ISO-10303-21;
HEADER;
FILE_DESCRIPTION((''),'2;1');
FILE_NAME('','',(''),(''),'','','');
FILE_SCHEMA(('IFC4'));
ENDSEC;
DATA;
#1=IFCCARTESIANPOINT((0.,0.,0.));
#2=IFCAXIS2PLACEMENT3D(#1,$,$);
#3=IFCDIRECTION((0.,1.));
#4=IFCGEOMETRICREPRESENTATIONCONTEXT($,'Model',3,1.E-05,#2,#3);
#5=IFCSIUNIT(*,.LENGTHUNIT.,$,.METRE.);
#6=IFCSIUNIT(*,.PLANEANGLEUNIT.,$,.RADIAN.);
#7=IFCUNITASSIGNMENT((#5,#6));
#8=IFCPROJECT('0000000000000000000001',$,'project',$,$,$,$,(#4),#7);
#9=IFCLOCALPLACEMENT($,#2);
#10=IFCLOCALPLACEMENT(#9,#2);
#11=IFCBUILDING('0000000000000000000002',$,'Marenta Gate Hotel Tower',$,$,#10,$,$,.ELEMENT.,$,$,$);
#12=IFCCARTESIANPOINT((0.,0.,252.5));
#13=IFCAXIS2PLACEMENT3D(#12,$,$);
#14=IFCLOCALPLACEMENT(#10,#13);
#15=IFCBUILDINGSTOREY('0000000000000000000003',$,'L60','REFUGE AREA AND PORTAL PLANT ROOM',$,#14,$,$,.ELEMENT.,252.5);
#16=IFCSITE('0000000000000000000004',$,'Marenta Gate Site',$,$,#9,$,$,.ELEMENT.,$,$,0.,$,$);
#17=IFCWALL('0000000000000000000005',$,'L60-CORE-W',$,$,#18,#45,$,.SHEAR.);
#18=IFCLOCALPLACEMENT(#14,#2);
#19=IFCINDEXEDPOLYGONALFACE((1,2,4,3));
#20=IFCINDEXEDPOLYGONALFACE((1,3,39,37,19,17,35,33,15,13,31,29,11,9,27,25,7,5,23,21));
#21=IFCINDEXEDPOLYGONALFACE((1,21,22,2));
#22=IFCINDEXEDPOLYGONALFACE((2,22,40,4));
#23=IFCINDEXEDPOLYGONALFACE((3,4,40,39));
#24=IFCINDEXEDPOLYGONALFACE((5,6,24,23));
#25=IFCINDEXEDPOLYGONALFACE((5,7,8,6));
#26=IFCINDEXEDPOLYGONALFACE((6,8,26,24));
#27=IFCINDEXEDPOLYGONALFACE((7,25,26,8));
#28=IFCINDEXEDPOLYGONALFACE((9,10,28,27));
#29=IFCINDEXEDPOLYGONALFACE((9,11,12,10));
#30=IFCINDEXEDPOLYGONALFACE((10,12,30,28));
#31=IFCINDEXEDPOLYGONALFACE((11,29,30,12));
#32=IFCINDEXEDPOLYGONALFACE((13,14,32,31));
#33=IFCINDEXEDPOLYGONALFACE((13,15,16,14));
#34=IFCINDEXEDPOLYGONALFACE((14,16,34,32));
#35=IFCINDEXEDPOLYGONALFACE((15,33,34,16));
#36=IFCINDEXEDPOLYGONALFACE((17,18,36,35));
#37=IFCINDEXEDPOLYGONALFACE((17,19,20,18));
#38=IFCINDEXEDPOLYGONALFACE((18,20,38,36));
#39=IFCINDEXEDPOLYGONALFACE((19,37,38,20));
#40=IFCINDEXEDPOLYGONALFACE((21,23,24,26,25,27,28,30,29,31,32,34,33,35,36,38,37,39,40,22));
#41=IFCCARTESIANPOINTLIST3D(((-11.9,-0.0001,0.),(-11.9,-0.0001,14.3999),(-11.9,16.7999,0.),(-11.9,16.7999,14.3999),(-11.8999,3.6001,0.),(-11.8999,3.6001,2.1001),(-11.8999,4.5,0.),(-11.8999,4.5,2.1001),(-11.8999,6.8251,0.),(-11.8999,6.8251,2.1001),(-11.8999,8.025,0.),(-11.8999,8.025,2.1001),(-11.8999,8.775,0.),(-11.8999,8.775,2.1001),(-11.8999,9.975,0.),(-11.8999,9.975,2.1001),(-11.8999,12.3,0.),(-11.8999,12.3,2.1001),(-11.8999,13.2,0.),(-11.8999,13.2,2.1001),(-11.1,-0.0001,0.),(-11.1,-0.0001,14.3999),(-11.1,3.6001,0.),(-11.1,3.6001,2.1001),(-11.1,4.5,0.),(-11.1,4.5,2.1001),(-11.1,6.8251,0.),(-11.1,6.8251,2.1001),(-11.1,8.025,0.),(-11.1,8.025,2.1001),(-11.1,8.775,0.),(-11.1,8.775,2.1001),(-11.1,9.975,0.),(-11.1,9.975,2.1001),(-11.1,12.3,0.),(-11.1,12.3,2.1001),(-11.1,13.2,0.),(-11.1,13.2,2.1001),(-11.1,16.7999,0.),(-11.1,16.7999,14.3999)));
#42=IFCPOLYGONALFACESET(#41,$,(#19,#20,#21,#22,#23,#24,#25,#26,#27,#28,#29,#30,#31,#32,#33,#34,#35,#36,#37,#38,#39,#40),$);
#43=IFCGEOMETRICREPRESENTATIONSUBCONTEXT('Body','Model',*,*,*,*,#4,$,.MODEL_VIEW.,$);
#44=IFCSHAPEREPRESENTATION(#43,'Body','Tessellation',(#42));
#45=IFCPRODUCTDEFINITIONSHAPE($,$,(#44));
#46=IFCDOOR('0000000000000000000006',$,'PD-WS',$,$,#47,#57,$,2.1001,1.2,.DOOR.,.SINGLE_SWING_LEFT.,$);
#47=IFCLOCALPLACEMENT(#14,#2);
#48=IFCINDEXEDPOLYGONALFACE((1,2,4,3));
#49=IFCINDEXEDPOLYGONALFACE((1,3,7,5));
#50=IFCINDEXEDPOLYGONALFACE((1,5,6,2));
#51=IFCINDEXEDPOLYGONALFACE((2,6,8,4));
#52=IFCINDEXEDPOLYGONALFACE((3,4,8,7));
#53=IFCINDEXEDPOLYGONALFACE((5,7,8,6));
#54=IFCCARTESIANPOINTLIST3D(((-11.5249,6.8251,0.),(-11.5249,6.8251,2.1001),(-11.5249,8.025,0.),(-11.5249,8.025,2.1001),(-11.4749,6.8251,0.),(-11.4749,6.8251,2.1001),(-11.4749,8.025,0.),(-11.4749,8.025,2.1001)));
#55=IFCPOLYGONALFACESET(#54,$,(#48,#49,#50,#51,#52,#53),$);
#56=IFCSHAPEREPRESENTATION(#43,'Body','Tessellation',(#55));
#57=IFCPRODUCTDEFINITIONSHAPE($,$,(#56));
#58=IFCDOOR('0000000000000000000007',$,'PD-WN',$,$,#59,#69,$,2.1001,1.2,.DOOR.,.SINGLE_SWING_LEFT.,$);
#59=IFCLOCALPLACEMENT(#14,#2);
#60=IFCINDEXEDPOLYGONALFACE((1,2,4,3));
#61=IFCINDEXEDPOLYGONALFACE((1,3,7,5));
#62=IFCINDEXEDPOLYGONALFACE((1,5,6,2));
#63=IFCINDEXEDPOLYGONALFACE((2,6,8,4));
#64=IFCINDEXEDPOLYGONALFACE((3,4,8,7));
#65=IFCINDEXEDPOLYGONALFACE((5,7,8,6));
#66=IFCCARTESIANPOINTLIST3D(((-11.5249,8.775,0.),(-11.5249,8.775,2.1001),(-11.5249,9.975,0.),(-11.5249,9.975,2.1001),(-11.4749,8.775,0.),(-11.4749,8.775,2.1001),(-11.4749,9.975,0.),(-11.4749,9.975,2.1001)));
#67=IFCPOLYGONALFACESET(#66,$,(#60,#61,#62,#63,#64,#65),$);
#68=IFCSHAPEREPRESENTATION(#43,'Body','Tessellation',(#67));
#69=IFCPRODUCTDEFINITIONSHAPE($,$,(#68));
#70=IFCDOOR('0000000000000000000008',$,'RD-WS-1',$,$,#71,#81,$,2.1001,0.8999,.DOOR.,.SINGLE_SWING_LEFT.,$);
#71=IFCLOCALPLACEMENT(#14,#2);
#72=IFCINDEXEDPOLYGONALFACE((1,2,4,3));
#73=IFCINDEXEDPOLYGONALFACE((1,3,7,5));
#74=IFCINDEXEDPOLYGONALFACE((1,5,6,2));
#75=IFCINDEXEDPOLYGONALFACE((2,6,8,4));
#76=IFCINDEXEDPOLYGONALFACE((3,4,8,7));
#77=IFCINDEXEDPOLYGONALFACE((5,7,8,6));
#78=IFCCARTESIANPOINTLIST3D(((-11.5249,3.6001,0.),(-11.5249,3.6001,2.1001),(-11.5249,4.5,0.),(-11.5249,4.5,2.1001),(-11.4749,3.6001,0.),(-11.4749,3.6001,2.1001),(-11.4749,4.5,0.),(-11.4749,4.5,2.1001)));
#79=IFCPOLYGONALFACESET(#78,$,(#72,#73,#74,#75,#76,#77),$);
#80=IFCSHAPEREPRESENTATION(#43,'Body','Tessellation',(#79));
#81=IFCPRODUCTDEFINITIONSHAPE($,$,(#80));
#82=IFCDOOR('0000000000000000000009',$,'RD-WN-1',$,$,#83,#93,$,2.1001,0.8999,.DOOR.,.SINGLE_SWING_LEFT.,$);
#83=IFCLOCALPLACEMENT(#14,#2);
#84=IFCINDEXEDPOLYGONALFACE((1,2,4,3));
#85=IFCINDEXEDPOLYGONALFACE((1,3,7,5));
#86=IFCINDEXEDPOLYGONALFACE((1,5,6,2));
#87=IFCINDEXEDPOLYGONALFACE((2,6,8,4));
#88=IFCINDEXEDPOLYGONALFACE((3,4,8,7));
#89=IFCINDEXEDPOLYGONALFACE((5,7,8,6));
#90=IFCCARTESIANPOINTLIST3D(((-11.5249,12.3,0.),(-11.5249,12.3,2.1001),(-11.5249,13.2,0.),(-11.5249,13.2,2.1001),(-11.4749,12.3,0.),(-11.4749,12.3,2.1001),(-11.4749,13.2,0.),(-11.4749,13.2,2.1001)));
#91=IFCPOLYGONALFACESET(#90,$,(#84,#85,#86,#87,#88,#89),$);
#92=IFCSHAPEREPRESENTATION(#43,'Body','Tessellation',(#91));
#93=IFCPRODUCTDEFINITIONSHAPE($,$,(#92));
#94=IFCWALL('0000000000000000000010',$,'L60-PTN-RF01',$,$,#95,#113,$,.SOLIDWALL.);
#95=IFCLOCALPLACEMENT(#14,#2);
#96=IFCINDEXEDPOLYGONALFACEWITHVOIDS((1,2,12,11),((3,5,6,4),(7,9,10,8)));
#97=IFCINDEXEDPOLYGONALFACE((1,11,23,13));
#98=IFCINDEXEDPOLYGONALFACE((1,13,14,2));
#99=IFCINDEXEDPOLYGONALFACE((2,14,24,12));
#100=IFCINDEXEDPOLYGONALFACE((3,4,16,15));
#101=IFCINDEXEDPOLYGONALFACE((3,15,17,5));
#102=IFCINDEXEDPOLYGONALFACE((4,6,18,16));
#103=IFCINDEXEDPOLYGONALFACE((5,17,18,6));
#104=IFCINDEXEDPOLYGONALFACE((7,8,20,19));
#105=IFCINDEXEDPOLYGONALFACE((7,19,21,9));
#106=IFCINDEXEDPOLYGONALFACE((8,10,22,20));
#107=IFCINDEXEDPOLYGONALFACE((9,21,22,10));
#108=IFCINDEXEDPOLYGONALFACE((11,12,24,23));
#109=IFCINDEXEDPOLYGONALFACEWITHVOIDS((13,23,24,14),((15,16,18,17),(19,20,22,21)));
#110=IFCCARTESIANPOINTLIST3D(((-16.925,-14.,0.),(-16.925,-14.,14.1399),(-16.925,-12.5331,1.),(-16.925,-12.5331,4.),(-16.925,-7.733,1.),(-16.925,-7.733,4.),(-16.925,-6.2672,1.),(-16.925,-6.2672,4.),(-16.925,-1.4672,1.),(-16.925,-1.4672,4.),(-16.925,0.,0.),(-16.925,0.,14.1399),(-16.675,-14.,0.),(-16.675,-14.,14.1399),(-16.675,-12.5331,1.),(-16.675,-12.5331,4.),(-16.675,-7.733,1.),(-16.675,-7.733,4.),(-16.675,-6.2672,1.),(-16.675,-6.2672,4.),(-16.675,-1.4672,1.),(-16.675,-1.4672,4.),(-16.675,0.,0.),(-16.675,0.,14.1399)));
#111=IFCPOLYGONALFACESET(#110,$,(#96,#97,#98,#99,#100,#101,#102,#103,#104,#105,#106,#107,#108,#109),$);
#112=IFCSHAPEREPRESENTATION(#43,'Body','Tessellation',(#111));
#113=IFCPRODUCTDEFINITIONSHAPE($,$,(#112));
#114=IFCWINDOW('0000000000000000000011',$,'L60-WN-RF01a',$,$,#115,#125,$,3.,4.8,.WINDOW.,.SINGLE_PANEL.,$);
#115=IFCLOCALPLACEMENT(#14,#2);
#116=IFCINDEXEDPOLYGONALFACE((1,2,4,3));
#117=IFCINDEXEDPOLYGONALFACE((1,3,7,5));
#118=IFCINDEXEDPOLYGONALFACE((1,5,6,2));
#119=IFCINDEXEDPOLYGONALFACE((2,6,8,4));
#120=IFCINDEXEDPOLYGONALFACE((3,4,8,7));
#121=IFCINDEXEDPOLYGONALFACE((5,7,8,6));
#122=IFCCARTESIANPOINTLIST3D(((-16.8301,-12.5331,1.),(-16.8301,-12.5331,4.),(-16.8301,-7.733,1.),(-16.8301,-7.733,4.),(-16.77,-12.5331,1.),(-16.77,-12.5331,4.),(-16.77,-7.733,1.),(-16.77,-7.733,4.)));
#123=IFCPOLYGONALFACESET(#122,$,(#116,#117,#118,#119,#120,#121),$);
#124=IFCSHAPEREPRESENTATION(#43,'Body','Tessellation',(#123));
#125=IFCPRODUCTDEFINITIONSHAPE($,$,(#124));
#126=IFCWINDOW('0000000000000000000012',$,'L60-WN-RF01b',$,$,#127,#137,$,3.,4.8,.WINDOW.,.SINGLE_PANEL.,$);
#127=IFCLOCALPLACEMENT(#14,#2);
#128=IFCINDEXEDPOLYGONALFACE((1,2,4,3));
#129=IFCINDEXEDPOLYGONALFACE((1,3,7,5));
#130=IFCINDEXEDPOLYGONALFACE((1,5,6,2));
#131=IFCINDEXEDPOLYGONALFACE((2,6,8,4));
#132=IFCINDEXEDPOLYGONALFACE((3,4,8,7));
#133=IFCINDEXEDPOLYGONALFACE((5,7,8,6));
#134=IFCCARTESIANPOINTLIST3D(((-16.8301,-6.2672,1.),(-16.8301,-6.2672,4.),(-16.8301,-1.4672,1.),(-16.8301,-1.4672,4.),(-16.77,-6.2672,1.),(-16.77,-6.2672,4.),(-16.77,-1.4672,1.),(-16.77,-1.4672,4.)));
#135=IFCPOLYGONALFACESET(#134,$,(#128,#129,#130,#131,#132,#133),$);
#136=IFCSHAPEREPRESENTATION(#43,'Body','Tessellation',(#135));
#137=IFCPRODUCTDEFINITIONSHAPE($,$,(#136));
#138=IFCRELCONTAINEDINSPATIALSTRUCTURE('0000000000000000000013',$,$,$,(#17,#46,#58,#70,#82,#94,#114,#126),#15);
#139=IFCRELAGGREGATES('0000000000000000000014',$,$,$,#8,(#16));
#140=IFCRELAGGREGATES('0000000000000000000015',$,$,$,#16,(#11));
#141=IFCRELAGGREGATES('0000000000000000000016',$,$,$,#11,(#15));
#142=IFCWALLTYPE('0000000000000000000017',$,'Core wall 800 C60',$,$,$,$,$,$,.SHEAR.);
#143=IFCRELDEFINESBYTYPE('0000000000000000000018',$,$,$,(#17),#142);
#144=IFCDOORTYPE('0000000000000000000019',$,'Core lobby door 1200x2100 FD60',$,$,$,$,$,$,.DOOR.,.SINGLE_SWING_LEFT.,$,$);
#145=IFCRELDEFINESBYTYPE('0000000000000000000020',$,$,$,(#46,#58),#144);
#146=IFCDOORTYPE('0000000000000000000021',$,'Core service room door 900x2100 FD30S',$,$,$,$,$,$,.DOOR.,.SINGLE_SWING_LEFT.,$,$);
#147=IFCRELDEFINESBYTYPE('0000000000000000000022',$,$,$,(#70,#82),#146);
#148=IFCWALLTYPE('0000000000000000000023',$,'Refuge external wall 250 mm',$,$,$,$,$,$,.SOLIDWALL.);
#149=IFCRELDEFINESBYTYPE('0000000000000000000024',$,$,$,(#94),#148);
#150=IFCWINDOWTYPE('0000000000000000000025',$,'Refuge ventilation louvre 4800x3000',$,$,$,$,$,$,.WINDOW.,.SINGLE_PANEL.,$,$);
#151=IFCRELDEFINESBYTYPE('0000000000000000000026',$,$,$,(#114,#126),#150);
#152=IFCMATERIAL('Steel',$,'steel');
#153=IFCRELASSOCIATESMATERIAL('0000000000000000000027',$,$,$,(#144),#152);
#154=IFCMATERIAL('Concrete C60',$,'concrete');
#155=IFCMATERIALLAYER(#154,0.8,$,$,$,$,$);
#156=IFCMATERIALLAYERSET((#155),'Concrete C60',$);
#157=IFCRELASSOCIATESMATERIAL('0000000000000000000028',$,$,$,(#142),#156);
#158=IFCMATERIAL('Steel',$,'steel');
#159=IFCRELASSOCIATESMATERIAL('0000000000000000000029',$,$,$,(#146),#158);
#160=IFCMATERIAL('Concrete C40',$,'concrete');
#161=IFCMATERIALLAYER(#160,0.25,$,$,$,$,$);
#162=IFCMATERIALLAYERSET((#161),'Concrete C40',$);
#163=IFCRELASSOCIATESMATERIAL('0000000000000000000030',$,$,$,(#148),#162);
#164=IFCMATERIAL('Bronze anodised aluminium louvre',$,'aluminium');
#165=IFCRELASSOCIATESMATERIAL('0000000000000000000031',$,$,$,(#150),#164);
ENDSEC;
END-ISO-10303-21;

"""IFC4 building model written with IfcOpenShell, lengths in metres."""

from ifc_helpers import new_model, si_unit, direction, frame, frame_2d, origin, place, context, subcontext, project, spatial, rectangle, extrude, material, layer, layer_set, type_object, element, fill, save


model = new_model("IFC4")

# Units and contexts
model_context = context("Model", 3, precision=1e-05, world=origin(), true_north=direction((0.0, 1.0)))
body_context = subcontext(model_context, "Body", "Model", "MODEL_VIEW")
ifc_project = project(units=[si_unit("LENGTHUNIT", "METRE"), si_unit("PLANEANGLEUNIT", "RADIAN")], contexts=[model_context])

# Site, building, storey
site_placement = place(None, origin())
site = spatial("IfcSite", under=ifc_project, at=site_placement, Name="Marenta Gate Site", CompositionType="ELEMENT", RefElevation=0.0)
building_placement = place(site_placement, origin())
building = spatial("IfcBuilding", under=site, at=building_placement, Name="Marenta Gate Hotel Tower", CompositionType="ELEMENT")
storey_placement = place(building_placement, frame((0.0, 0.0, 252.5)))
storey = spatial("IfcBuildingStorey", under=building, at=storey_placement, Name="L60", Description="REFUGE AREA AND PORTAL PLANT ROOM", CompositionType="ELEMENT", Elevation=252.5)

# Shared definitions
ifc_material_1 = material(Name="Steel", Category="steel")
door_type_1 = type_object("IfcDoorType", Name="Core lobby door 1200x2100 FD60", OperationType="SINGLE_SWING_LEFT", PredefinedType="DOOR", material=ifc_material_1)

# Wall, openings, doors
ifc_material_2 = material(Name="Concrete C60", Category="concrete")
ifc_layer_1 = layer(ifc_material_2, 0.8)
ifc_layer_set_1 = layer_set([ifc_layer_1], Name="Concrete C60")
wall_type_1 = type_object("IfcWallType", Name="Core wall 800 C60", PredefinedType="SHEAR", material=ifc_layer_set_1)
wall_1_placement = place(storey_placement, frame((-11.5, 0.0, 0.0), z_axis=(0.0, 0.0, 1.0), x_axis=(0.0, 1.0, 0.0)))
wall_1 = element("IfcWall", 1, at=wall_1_placement, inside=storey, type_object=wall_type_1, Name="L60-CORE-W", PredefinedType="SHEAR", context=body_context, shape_type="SweptSolid", body=[
    extrude(rectangle(XDim=16.8, YDim=0.8, at=frame_2d((8.3999, 0.0))), origin(), (0.0, 0.0, 1.0), 14.3999),
])
opening_1_placement = place(wall_1_placement, frame((3.6001, 0.0, 0.0)))
opening_1 = element("IfcOpeningElement", 2, at=opening_1_placement, cuts=wall_1, PredefinedType="OPENING", context=body_context, shape_type="SweptSolid", body=[
    extrude(rectangle(XDim=0.8999, YDim=2.1001, at=frame_2d((0.45, 1.05))), frame((0.0, 0.3999, 0.0), z_axis=(0.0, -1.0, 0.0), x_axis=(1.0, 0.0, 0.0)), (0.0, 0.0, 1.0), 0.8),
])
opening_2_placement = place(wall_1_placement, frame((6.825, 0.0, 0.0)))
opening_2 = element("IfcOpeningElement", 3, at=opening_2_placement, cuts=wall_1, PredefinedType="OPENING", context=body_context, shape_type="SweptSolid", body=[
    extrude(rectangle(XDim=1.2, YDim=2.1001, at=frame_2d((0.6001, 1.05))), frame((0.0, 0.3999, 0.0), z_axis=(0.0, -1.0, 0.0), x_axis=(1.0, 0.0, 0.0)), (0.0, 0.0, 1.0), 0.8),
])
opening_3_placement = place(wall_1_placement, frame((12.3, 0.0, 0.0)))
opening_3 = element("IfcOpeningElement", 4, at=opening_3_placement, cuts=wall_1, PredefinedType="OPENING", context=body_context, shape_type="SweptSolid", body=[
    extrude(rectangle(XDim=0.8999, YDim=2.1001, at=frame_2d((0.45, 1.05))), frame((0.0, 0.3999, 0.0), z_axis=(0.0, -1.0, 0.0), x_axis=(1.0, 0.0, 0.0)), (0.0, 0.0, 1.0), 0.8),
])
opening_4_placement = place(wall_1_placement, frame((8.7749, 0.0, 0.0)))
opening_4 = element("IfcOpeningElement", 5, at=opening_4_placement, cuts=wall_1, PredefinedType="OPENING", context=body_context, shape_type="SweptSolid", body=[
    extrude(rectangle(XDim=1.2, YDim=2.1001, at=frame_2d((0.6001, 1.05))), frame((0.0, 0.3999, 0.0), z_axis=(0.0, -1.0, 0.0), x_axis=(1.0, 0.0, 0.0)), (0.0, 0.0, 1.0), 0.8),
])
door_1_placement = place(opening_2_placement, origin())
door_1 = element("IfcDoor", 6, at=door_1_placement, inside=storey, type_object=door_type_1, Name="PD-WS", OperationType="SINGLE_SWING_LEFT", OverallHeight=2.1001, OverallWidth=1.2, PredefinedType="DOOR", context=body_context, shape_type="SweptSolid", body=[
    extrude(rectangle(XDim=1.2, YDim=2.1001, at=frame_2d((0.6001, 1.05))), frame((0.0, 0.0249, 0.0), z_axis=(0.0, -1.0, 0.0), x_axis=(1.0, 0.0, 0.0)), (0.0, 0.0, 1.0), 0.05),
])
fill(opening_2, door_1)
door_2_placement = place(opening_4_placement, origin())
door_2 = element("IfcDoor", 7, at=door_2_placement, inside=storey, type_object=door_type_1, Name="PD-WN", OperationType="SINGLE_SWING_LEFT", OverallHeight=2.1001, OverallWidth=1.2, PredefinedType="DOOR", context=body_context, shape_type="SweptSolid", body=[
    extrude(rectangle(XDim=1.2, YDim=2.1001, at=frame_2d((0.6001, 1.05))), frame((0.0, 0.0249, 0.0), z_axis=(0.0, -1.0, 0.0), x_axis=(1.0, 0.0, 0.0)), (0.0, 0.0, 1.0), 0.05),
])
fill(opening_4, door_2)
ifc_material_3 = material(Name="Steel", Category="steel")
door_type_2 = type_object("IfcDoorType", Name="Core service room door 900x2100 FD30S", OperationType="SINGLE_SWING_LEFT", PredefinedType="DOOR", material=ifc_material_3)
door_3_placement = place(opening_1_placement, origin())
door_3 = element("IfcDoor", 8, at=door_3_placement, inside=storey, type_object=door_type_2, Name="RD-WS-1", OperationType="SINGLE_SWING_LEFT", OverallHeight=2.1001, OverallWidth=0.8999, PredefinedType="DOOR", context=body_context, shape_type="SweptSolid", body=[
    extrude(rectangle(XDim=0.8999, YDim=2.1001, at=frame_2d((0.45, 1.05))), frame((0.0, 0.0249, 0.0), z_axis=(0.0, -1.0, 0.0), x_axis=(1.0, 0.0, 0.0)), (0.0, 0.0, 1.0), 0.05),
])
fill(opening_1, door_3)
door_4_placement = place(opening_3_placement, origin())
door_4 = element("IfcDoor", 9, at=door_4_placement, inside=storey, type_object=door_type_2, Name="RD-WN-1", OperationType="SINGLE_SWING_LEFT", OverallHeight=2.1001, OverallWidth=0.8999, PredefinedType="DOOR", context=body_context, shape_type="SweptSolid", body=[
    extrude(rectangle(XDim=0.8999, YDim=2.1001, at=frame_2d((0.45, 1.05))), frame((0.0, 0.0249, 0.0), z_axis=(0.0, -1.0, 0.0), x_axis=(1.0, 0.0, 0.0)), (0.0, 0.0, 1.0), 0.05),
])
fill(opening_3, door_4)

# Wall, openings, windows
ifc_material_4 = material(Name="Concrete C40", Category="concrete")
ifc_layer_2 = layer(ifc_material_4, 0.25)
ifc_layer_set_2 = layer_set([ifc_layer_2], Name="Concrete C40")
wall_type_2 = type_object("IfcWallType", Name="Refuge external wall 250 mm", PredefinedType="SOLIDWALL", material=ifc_layer_set_2)
wall_2_placement = place(storey_placement, frame((-16.8, -14.0, 0.0), z_axis=(0.0, 0.0, 1.0), x_axis=(0.0, 1.0, 0.0)))
wall_2 = element("IfcWall", 10, at=wall_2_placement, inside=storey, type_object=wall_type_2, Name="L60-PTN-RF01", PredefinedType="SOLIDWALL", context=body_context, shape_type="SweptSolid", body=[
    extrude(rectangle(XDim=14.0, YDim=0.25, at=frame_2d((7.0, 0.0))), origin(), (0.0, 0.0, 1.0), 14.1399),
])
opening_5_placement = place(wall_2_placement, frame((1.467, 0.0, 1.0)))
opening_5 = element("IfcOpeningElement", 11, at=opening_5_placement, cuts=wall_2, PredefinedType="OPENING", context=body_context, shape_type="SweptSolid", body=[
    extrude(rectangle(XDim=4.8, YDim=3.0, at=frame_2d((2.3999, 1.5))), frame((0.0, 0.125, 0.0), z_axis=(0.0, -1.0, 0.0), x_axis=(1.0, 0.0, 0.0)), (0.0, 0.0, 1.0), 0.25),
])
opening_6_placement = place(wall_2_placement, frame((7.7329, 0.0, 1.0)))
opening_6 = element("IfcOpeningElement", 12, at=opening_6_placement, cuts=wall_2, PredefinedType="OPENING", context=body_context, shape_type="SweptSolid", body=[
    extrude(rectangle(XDim=4.8, YDim=3.0, at=frame_2d((2.3999, 1.5))), frame((0.0, 0.125, 0.0), z_axis=(0.0, -1.0, 0.0), x_axis=(1.0, 0.0, 0.0)), (0.0, 0.0, 1.0), 0.25),
])
ifc_material_5 = material(Name="Bronze anodised aluminium louvre", Category="aluminium")
window_type = type_object("IfcWindowType", Name="Refuge ventilation louvre 4800x3000", PartitioningType="SINGLE_PANEL", PredefinedType="WINDOW", material=ifc_material_5)
window_1_placement = place(opening_5_placement, origin())
window_1 = element("IfcWindow", 13, at=window_1_placement, inside=storey, type_object=window_type, Name="L60-WN-RF01a", OverallHeight=3.0, OverallWidth=4.8, PartitioningType="SINGLE_PANEL", PredefinedType="WINDOW", context=body_context, shape_type="SweptSolid", body=[
    extrude(rectangle(XDim=4.8, YDim=3.0, at=frame_2d((2.3999, 1.5))), frame((0.0, 0.03, 0.0), z_axis=(0.0, -1.0, 0.0), x_axis=(1.0, 0.0, 0.0)), (0.0, 0.0, 1.0), 0.0601),
])
fill(opening_5, window_1)
window_2_placement = place(opening_6_placement, origin())
window_2 = element("IfcWindow", 14, at=window_2_placement, inside=storey, type_object=window_type, Name="L60-WN-RF01b", OverallHeight=3.0, OverallWidth=4.8, PartitioningType="SINGLE_PANEL", PredefinedType="WINDOW", context=body_context, shape_type="SweptSolid", body=[
    extrude(rectangle(XDim=4.8, YDim=3.0, at=frame_2d((2.3999, 1.5))), frame((0.0, 0.03, 0.0), z_axis=(0.0, -1.0, 0.0), x_axis=(1.0, 0.0, 0.0)), (0.0, 0.0, 1.0), 0.0601),
])
fill(opening_6, window_2)

save(model, "model.ifc")
